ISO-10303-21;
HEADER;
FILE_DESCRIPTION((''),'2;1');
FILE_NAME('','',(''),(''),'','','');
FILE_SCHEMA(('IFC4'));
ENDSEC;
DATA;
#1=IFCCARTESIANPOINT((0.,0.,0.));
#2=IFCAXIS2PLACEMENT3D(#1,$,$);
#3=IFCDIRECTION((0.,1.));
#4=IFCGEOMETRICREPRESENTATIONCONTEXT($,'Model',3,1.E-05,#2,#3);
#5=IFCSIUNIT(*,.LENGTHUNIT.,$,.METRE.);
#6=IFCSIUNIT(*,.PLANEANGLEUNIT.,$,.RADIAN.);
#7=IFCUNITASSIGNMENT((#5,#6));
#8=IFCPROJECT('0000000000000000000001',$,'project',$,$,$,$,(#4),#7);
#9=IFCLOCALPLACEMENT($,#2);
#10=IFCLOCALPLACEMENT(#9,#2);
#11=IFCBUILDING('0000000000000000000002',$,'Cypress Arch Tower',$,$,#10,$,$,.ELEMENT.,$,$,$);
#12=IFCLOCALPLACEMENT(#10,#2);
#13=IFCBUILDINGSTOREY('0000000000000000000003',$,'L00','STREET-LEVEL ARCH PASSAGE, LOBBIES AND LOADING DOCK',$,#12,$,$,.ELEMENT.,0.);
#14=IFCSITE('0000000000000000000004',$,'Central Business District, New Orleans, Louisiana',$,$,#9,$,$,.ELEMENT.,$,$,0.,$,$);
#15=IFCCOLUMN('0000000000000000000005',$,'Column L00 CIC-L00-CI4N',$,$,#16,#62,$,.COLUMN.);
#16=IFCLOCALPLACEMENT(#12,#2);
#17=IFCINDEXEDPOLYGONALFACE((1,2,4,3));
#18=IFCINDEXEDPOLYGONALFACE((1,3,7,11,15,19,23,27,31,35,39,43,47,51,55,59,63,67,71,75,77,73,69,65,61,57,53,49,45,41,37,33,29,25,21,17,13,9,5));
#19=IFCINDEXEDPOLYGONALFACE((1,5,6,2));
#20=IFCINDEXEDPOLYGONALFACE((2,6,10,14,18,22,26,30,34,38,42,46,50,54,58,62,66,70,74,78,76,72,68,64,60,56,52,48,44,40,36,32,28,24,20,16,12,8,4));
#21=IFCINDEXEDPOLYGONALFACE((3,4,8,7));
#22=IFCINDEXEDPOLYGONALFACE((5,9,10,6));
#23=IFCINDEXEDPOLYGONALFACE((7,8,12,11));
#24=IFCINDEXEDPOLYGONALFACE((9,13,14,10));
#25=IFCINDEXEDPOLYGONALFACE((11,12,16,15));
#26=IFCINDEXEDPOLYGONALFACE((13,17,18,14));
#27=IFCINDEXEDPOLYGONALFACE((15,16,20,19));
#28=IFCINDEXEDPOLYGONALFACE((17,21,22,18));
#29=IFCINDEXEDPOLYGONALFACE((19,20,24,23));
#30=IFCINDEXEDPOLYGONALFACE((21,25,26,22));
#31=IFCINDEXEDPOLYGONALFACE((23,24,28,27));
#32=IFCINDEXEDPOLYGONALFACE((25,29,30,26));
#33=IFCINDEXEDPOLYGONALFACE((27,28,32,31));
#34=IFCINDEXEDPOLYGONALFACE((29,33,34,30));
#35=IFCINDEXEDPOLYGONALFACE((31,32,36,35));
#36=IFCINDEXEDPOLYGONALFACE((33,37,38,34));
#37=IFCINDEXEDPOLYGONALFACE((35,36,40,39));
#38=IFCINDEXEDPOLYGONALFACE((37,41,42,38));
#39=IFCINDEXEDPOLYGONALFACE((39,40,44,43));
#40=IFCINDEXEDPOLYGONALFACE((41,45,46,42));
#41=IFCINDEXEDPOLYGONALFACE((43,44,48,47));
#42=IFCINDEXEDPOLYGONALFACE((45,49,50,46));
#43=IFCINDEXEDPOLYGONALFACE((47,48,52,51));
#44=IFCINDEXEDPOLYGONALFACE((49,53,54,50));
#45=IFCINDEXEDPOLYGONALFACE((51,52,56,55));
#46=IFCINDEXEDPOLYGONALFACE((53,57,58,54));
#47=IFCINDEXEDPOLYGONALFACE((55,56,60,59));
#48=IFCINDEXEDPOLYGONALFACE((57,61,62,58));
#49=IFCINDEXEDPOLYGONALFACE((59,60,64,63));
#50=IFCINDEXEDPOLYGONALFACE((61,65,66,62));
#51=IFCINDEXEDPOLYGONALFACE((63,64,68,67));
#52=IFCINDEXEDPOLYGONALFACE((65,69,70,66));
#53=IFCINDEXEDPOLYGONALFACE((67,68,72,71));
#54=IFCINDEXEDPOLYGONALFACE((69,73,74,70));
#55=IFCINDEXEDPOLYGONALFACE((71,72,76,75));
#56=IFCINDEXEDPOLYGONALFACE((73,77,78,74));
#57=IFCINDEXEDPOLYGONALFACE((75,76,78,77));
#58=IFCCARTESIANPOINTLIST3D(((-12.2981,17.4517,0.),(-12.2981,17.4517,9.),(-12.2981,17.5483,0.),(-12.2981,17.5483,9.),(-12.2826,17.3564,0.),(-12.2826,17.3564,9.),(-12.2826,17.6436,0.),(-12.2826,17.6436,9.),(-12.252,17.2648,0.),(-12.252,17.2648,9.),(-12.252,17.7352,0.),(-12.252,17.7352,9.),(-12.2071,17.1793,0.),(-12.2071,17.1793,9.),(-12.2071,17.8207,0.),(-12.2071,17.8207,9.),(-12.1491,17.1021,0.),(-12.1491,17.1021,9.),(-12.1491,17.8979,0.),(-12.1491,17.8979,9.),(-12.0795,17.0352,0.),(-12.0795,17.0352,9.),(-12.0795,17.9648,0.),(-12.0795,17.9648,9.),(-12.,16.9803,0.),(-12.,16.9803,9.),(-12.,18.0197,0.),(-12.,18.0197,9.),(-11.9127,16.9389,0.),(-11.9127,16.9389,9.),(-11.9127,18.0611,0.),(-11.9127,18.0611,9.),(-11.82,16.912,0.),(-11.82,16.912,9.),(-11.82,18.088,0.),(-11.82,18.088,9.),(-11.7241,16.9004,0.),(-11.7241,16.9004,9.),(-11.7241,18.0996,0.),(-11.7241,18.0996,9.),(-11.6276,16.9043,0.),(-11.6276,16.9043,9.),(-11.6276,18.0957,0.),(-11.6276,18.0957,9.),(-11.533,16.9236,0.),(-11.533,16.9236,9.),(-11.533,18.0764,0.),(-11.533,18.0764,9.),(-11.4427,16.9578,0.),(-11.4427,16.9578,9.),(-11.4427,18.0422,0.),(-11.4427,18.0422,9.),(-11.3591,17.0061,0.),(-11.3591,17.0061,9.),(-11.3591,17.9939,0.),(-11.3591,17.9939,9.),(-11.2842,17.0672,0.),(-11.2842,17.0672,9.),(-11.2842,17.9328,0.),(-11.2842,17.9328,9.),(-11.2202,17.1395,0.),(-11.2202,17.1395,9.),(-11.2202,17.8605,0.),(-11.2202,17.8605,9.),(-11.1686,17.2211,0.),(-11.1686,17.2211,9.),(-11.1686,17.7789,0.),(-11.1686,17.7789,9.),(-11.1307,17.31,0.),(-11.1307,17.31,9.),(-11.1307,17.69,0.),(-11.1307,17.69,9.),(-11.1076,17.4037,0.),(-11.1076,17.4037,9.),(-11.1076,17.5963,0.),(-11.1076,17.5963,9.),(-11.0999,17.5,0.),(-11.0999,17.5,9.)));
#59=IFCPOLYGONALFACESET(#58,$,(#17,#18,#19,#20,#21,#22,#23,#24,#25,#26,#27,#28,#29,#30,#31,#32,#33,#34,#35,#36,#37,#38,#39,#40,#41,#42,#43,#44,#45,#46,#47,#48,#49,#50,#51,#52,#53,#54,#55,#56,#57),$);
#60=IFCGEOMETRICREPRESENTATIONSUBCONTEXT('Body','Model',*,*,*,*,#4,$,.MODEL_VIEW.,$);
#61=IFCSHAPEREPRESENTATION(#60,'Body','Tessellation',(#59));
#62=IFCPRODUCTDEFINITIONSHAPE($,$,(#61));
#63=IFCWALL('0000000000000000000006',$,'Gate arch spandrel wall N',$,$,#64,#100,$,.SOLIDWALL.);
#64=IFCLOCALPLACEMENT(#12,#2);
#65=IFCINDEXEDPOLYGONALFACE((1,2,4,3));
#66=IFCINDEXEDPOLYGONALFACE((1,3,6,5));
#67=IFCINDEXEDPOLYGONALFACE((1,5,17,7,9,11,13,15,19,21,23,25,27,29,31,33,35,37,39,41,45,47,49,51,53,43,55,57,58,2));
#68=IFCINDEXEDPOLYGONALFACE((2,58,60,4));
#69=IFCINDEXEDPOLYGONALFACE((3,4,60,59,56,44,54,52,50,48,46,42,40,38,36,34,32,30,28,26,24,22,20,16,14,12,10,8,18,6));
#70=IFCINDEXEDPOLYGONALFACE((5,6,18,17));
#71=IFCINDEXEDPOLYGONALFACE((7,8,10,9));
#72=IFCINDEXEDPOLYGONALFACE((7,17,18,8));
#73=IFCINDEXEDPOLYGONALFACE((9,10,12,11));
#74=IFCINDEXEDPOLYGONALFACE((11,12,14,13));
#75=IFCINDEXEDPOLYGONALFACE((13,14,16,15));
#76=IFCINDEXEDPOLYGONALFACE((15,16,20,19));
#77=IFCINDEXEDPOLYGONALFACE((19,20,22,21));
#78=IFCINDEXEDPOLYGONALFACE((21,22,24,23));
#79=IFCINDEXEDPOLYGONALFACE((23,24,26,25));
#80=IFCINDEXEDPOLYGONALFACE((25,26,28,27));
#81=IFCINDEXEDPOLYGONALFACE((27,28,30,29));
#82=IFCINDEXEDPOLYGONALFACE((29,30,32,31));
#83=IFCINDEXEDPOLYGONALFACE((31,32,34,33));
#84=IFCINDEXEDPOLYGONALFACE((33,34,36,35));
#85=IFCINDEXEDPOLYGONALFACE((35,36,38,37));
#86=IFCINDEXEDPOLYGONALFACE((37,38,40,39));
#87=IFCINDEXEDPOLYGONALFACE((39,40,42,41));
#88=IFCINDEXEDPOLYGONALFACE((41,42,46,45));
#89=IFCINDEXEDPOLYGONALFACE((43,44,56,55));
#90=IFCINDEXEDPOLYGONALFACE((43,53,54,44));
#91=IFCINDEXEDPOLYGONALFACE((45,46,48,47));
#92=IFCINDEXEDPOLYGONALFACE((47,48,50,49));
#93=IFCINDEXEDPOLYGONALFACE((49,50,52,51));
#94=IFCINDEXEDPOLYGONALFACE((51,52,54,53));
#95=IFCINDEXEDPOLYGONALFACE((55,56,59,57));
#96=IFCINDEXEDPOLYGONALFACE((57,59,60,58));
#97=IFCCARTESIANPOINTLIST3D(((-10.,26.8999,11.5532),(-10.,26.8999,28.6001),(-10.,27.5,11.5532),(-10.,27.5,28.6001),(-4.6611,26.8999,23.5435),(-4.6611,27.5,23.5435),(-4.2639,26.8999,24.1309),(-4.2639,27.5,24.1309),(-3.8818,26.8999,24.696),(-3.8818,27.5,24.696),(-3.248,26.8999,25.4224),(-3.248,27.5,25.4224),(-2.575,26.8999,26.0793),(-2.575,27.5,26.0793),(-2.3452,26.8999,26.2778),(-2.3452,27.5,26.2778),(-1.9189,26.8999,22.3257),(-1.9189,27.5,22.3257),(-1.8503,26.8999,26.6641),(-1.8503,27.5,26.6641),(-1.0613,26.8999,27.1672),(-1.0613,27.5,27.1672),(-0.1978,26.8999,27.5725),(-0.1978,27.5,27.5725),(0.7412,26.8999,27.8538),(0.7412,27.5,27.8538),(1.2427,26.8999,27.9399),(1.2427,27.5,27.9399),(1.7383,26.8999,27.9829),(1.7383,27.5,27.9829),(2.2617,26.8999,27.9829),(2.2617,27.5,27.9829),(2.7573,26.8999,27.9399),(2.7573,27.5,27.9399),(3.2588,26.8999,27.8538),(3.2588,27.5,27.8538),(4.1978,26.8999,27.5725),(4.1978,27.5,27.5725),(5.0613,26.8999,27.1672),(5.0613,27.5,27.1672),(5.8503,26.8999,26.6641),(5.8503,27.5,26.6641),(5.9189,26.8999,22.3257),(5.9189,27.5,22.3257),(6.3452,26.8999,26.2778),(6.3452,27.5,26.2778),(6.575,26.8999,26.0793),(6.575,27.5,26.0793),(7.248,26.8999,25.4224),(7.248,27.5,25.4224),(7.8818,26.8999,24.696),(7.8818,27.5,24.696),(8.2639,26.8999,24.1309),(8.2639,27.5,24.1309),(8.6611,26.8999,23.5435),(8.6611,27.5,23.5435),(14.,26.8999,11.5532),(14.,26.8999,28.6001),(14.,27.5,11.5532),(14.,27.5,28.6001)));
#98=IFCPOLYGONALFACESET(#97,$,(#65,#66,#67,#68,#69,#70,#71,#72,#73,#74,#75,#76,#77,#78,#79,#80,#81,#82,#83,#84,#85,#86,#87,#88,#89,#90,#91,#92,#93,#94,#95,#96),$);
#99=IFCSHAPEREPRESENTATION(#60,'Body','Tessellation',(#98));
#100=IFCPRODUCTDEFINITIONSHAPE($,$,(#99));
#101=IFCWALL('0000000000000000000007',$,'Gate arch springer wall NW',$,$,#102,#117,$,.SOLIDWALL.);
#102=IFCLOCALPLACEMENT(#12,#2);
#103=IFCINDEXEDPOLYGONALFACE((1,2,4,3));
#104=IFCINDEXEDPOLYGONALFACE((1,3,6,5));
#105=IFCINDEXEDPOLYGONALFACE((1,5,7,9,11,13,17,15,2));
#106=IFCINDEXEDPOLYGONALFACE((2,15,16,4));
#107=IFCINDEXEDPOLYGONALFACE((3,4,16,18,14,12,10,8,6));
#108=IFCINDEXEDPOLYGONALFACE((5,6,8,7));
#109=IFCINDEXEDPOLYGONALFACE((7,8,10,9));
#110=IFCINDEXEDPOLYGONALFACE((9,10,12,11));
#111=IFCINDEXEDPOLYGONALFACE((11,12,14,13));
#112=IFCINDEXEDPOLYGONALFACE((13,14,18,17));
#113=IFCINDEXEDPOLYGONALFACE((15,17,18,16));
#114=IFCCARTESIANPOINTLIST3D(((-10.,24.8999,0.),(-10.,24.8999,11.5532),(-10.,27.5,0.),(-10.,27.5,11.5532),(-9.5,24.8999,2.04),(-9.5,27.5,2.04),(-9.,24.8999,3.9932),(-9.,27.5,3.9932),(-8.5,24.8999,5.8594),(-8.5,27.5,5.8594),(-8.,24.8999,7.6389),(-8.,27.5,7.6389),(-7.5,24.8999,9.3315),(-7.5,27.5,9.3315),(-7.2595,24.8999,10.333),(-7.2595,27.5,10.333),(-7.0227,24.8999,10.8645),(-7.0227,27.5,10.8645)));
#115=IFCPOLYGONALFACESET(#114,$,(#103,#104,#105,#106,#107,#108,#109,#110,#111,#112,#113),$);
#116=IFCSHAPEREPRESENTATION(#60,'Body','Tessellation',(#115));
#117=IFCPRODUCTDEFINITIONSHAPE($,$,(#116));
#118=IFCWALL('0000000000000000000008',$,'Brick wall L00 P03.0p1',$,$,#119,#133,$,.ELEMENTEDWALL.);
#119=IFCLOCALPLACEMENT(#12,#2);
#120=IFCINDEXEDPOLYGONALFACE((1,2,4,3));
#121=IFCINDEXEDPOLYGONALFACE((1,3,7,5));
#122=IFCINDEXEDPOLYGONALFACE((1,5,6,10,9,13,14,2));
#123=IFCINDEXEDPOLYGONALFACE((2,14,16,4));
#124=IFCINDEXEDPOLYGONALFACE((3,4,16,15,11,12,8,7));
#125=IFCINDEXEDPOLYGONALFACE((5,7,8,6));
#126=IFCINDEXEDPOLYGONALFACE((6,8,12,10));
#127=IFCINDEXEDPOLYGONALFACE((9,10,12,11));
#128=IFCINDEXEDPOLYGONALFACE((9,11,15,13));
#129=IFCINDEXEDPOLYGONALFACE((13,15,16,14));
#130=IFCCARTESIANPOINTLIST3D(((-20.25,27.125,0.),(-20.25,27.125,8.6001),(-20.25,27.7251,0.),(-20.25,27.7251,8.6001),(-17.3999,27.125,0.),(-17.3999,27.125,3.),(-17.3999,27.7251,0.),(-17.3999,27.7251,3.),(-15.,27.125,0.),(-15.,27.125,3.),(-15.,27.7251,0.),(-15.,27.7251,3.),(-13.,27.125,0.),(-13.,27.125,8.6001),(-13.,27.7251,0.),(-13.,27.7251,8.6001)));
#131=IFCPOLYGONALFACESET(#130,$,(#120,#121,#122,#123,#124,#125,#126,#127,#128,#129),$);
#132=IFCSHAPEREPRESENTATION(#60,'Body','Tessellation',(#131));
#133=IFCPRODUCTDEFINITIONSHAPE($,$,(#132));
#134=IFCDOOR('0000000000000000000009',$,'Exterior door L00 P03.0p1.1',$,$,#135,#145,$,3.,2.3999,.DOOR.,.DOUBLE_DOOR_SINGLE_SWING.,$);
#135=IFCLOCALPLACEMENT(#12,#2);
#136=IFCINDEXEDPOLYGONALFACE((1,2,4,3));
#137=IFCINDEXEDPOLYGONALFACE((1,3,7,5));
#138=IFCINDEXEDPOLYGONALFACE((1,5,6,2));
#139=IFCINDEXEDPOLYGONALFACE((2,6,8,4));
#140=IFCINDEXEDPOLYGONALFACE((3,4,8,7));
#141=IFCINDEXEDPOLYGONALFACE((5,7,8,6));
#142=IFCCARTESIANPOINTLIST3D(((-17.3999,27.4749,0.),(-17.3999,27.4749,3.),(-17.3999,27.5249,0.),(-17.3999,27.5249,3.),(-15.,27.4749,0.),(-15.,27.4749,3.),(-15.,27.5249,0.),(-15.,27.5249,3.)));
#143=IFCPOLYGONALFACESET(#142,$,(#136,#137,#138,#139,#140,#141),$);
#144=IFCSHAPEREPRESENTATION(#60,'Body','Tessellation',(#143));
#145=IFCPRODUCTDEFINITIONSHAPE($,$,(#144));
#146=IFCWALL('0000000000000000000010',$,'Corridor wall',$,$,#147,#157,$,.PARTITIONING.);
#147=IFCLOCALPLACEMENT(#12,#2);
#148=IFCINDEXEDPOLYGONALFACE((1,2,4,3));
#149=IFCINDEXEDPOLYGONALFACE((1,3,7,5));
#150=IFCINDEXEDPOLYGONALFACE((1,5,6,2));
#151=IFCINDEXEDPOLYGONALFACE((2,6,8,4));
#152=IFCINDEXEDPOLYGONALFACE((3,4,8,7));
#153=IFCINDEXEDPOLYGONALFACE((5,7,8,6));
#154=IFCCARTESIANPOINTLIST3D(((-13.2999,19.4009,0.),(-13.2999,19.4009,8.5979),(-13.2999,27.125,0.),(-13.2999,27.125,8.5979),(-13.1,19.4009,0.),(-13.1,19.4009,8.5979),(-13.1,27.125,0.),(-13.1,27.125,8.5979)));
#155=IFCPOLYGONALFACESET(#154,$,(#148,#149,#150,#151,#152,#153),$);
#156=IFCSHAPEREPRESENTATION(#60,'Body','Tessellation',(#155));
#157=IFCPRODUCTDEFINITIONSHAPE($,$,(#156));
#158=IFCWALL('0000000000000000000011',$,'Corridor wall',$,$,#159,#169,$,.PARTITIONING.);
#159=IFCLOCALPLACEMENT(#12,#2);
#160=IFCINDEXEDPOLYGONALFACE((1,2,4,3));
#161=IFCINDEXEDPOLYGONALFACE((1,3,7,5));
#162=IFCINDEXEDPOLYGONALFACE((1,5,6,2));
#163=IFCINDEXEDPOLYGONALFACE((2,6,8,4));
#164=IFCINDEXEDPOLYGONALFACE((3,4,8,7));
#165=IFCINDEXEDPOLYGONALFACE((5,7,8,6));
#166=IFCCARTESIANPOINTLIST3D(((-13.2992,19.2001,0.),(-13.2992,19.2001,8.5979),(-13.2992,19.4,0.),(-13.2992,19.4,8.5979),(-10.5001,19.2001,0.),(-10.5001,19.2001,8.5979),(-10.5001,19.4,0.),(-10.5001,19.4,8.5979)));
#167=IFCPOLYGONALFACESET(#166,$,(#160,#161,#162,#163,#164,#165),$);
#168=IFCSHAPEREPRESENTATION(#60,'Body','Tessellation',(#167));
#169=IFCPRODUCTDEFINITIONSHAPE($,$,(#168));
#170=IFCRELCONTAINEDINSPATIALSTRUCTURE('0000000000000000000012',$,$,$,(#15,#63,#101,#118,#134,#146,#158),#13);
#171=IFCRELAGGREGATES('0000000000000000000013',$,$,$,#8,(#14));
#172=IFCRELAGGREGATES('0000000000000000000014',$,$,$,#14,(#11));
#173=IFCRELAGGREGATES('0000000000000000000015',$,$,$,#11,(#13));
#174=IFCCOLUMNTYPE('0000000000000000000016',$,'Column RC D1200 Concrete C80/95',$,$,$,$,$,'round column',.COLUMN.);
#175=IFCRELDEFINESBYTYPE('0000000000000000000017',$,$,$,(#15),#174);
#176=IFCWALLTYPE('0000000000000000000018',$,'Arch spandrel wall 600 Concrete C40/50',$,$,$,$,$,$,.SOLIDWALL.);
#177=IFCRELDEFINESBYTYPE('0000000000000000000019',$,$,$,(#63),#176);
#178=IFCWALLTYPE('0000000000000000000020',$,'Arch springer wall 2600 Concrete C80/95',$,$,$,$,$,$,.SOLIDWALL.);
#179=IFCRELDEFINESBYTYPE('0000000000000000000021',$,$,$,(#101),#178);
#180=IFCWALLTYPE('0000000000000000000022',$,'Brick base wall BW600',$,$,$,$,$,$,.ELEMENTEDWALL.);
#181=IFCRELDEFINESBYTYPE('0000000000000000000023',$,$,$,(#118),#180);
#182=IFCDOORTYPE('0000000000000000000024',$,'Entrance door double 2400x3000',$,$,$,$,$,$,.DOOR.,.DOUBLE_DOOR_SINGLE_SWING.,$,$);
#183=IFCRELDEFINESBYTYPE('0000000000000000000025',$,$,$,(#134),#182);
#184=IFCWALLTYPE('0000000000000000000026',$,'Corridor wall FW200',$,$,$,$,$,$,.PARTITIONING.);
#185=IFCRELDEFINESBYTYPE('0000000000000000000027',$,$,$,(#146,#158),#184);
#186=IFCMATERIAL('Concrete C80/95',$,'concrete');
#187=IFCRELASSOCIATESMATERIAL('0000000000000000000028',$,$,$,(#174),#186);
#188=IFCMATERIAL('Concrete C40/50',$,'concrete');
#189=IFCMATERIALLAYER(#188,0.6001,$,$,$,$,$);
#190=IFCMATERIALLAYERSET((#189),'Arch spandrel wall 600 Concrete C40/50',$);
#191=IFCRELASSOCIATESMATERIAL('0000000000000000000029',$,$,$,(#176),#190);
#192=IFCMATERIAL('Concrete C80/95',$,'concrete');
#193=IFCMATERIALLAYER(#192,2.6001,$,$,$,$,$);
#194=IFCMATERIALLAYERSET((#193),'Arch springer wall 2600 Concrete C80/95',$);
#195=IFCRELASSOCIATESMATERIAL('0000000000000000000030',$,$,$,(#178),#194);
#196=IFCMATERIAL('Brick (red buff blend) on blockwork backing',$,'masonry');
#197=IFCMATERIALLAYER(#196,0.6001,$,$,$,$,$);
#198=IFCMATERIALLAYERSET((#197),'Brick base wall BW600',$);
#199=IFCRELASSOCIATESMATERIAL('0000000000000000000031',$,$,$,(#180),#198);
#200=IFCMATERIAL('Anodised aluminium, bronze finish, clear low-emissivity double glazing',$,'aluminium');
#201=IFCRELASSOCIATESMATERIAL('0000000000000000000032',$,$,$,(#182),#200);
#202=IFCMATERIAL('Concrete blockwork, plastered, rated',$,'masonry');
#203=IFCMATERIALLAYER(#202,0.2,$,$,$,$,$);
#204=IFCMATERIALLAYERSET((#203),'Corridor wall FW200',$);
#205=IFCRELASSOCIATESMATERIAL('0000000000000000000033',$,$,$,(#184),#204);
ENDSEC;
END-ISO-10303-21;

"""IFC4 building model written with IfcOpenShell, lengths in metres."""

from ifc_helpers import new_model, si_unit, direction, frame, frame_2d, origin, origin_2d, place, context, subcontext, project, spatial, polyline, rectangle, circle, outline, extrude, material, layer, layer_set, material_profile, profile_set, type_object, element, fill, save


model = new_model("IFC4")

# Units and contexts
model_context = context("Model", 3, precision=1e-05, world=origin(), true_north=direction((0.0, 1.0)))
body_context = subcontext(model_context, "Body", "Model", "MODEL_VIEW")
ifc_project = project(units=[si_unit("LENGTHUNIT", "METRE"), si_unit("PLANEANGLEUNIT", "RADIAN")], contexts=[model_context])

# Site, building, storey
site_placement = place(None, origin())
site = spatial("IfcSite", under=ifc_project, at=site_placement, Name="Central Business District, New Orleans, Louisiana", CompositionType="ELEMENT", RefElevation=0.0)
building_placement = place(site_placement, origin())
building = spatial("IfcBuilding", under=site, at=building_placement, Name="Cypress Arch Tower", CompositionType="ELEMENT")
storey_placement = place(building_placement, origin())
storey = spatial("IfcBuildingStorey", under=building, at=storey_placement, Name="L00", Description="STREET-LEVEL ARCH PASSAGE, LOBBIES AND LOADING DOCK", CompositionType="ELEMENT", Elevation=0.0)

# Column
ifc_material_1 = material(Name="Concrete C80/95", Category="concrete")
ifc_material_profile_1 = material_profile(ifc_material_1, circle(Radius=0.6001, at=origin_2d()), Name="RC D1200")
ifc_profile_set_1 = profile_set([ifc_material_profile_1], Name="Concrete C80/95")
column_type = type_object("IfcColumnType", Name="Column RC D1200 Concrete C80/95", ElementType="round column", PredefinedType="COLUMN", material=ifc_profile_set_1)
column_placement = place(storey_placement, frame((-11.7, 17.5, 0.0), z_axis=(0.0, 0.0, 1.0), x_axis=(1.0, 0.0, 0.0)))
element("IfcColumn", 1, at=column_placement, inside=storey, type_object=column_type, Name="Column L00 CIC-L00-CI4N", PredefinedType="COLUMN", context=body_context, shape_type="SweptSolid", body=[
    extrude(circle(Radius=0.6001, at=origin_2d()), origin(), (0.0, 0.0, 1.0), 9.0),
])

# Walls
ifc_material_2 = material(Name="Concrete C40/50", Category="concrete")
ifc_layer_1 = layer(ifc_material_2, 0.6001)
ifc_layer_set_1 = layer_set([ifc_layer_1], Name="Arch spandrel wall 600 Concrete C40/50")
wall_type_1 = type_object("IfcWallType", Name="Arch spandrel wall 600 Concrete C40/50", PredefinedType="SOLIDWALL", material=ifc_layer_set_1)
wall_1_placement = place(storey_placement, frame((-10.0, 27.2, 0.0), z_axis=(0.0, 0.0, 1.0), x_axis=(1.0, 0.0, 0.0)))
element("IfcWall", 2, at=wall_1_placement, inside=storey, type_object=wall_type_1, Name="Gate arch spandrel wall N", PredefinedType="SOLIDWALL", context=body_context, shape_type="SweptSolid", body=[
    extrude(outline(polyline([(24.0, 11.5532), (18.6611, 23.5435), (15.9189, 22.3257), (18.2639, 24.1309), (17.8818, 24.696), (17.248, 25.4224), (16.575, 26.0793), (16.3452, 26.2778), (15.8503, 26.6641), (15.0613, 27.1672), (14.1978, 27.5725), (13.2588, 27.8538), (12.7573, 27.9399), (12.2617, 27.9829), (11.7383, 27.9829), (11.2427, 27.9399), (10.7412, 27.8538), (9.8022, 27.5725), (8.9387, 27.1672), (8.1497, 26.6641), (7.6548, 26.2778), (7.425, 26.0793), (6.752, 25.4224), (6.1182, 24.696), (5.7361, 24.1309), (8.0811, 22.3257), (5.3389, 23.5435), (0.0, 11.5532), (0.0, 28.6001), (24.0, 28.6001), (24.0, 11.5532)])), frame((0.0, 0.3, 0.0), z_axis=(0.0, -1.0, 0.0), x_axis=(1.0, 0.0, 0.0)), (0.0, 0.0, 1.0), 0.6001),
])
ifc_material_3 = material(Name="Concrete C80/95", Category="concrete")
ifc_layer_2 = layer(ifc_material_3, 2.6001)
ifc_layer_set_2 = layer_set([ifc_layer_2], Name="Arch springer wall 2600 Concrete C80/95")
wall_type_2 = type_object("IfcWallType", Name="Arch springer wall 2600 Concrete C80/95", PredefinedType="SOLIDWALL", material=ifc_layer_set_2)
wall_2_placement = place(storey_placement, frame((-10.0, 26.2, 0.0), z_axis=(0.0, 0.0, 1.0), x_axis=(1.0, 0.0, 0.0)))
element("IfcWall", 3, at=wall_2_placement, inside=storey, type_object=wall_type_2, Name="Gate arch springer wall NW", PredefinedType="SOLIDWALL", context=body_context, shape_type="SweptSolid", body=[
    extrude(outline(polyline([(2.5, 9.3315), (2.0, 7.6389), (1.5, 5.8594), (1.0, 3.9932), (0.5, 2.04), (0.0, 0.0), (0.0, 11.5532), (2.7405, 10.333), (2.9773, 10.8645), (2.5, 9.3315)])), frame((0.0, 1.3, 0.0), z_axis=(0.0, -1.0, 0.0), x_axis=(1.0, 0.0, 0.0)), (0.0, 0.0, 1.0), 2.6001),
])

# Wall, opening, door
ifc_material_4 = material(Name="Brick (red buff blend) on blockwork backing", Category="masonry")
ifc_layer_3 = layer(ifc_material_4, 0.6001)
ifc_layer_set_3 = layer_set([ifc_layer_3], Name="Brick base wall BW600")
wall_type_3 = type_object("IfcWallType", Name="Brick base wall BW600", PredefinedType="ELEMENTEDWALL", material=ifc_layer_set_3)
wall_3_placement = place(storey_placement, frame((-13.0, 27.425, 0.0), z_axis=(0.0, 0.0, 1.0), x_axis=(-1.0, 0.0, 0.0)))
wall_3 = element("IfcWall", 4, at=wall_3_placement, inside=storey, type_object=wall_type_3, Name="Brick wall L00 P03.0p1", PredefinedType="ELEMENTEDWALL", context=body_context, shape_type="SweptSolid", body=[
    extrude(rectangle(XDim=7.25, YDim=0.6001, at=frame_2d((3.625, 0.0))), origin(), (0.0, 0.0, 1.0), 8.6001),
])
opening_placement = place(wall_3_placement, frame((2.0, 0.0, 0.0)))
opening = element("IfcOpeningElement", 5, at=opening_placement, cuts=wall_3, PredefinedType="OPENING", context=body_context, shape_type="SweptSolid", body=[
    extrude(rectangle(XDim=2.3999, YDim=3.0, at=frame_2d((1.2, 1.5))), frame((0.0, 0.3101, 0.0), z_axis=(0.0, -1.0, 0.0), x_axis=(1.0, 0.0, 0.0)), (0.0, 0.0, 1.0), 0.6201),
])
ifc_material_5 = material(Name="Anodised aluminium, bronze finish, clear low-emissivity double glazing", Category="aluminium")
door_type = type_object("IfcDoorType", Name="Entrance door double 2400x3000", OperationType="DOUBLE_DOOR_SINGLE_SWING", PredefinedType="DOOR", material=ifc_material_5)
door_placement = place(opening_placement, origin())
door = element("IfcDoor", 6, at=door_placement, inside=storey, type_object=door_type, Name="Exterior door L00 P03.0p1.1", OperationType="DOUBLE_DOOR_SINGLE_SWING", OverallHeight=3.0, OverallWidth=2.3999, PredefinedType="DOOR", context=body_context, shape_type="SweptSolid", body=[
    extrude(rectangle(XDim=2.3999, YDim=3.0, at=frame_2d((1.2, 1.5))), frame((0.0, -0.0498, 0.0), z_axis=(0.0, -1.0, 0.0), x_axis=(1.0, 0.0, 0.0)), (0.0, 0.0, 1.0), 0.05),
])
fill(opening, door)

# Walls
ifc_material_6 = material(Name="Concrete blockwork, plastered, rated", Category="masonry")
ifc_layer_4 = layer(ifc_material_6, 0.2)
ifc_layer_set_4 = layer_set([ifc_layer_4], Name="Corridor wall FW200")
wall_type_4 = type_object("IfcWallType", Name="Corridor wall FW200", PredefinedType="PARTITIONING", material=ifc_layer_set_4)
wall_4_placement = place(storey_placement, frame((-13.2, 19.4009, 0.0), z_axis=(0.0, 0.0, 1.0), x_axis=(0.0, 1.0, 0.0)))
element("IfcWall", 7, at=wall_4_placement, inside=storey, type_object=wall_type_4, Name="Corridor wall", PredefinedType="PARTITIONING", context=body_context, shape_type="SweptSolid", body=[
    extrude(rectangle(XDim=7.7241, YDim=0.2, at=frame_2d((3.8621, 0.0))), origin(), (0.0, 0.0, 1.0), 8.5979),
])
wall_5_placement = place(storey_placement, frame((-13.2991, 19.3, 0.0), z_axis=(0.0, 0.0, 1.0), x_axis=(1.0, 0.0, 0.0)))
element("IfcWall", 8, at=wall_5_placement, inside=storey, type_object=wall_type_4, Name="Corridor wall", PredefinedType="PARTITIONING", context=body_context, shape_type="SweptSolid", body=[
    extrude(rectangle(XDim=2.7991, YDim=0.2, at=frame_2d((1.3994, 0.0))), origin(), (0.0, 0.0, 1.0), 8.5979),
])

save(model, "model.ifc")
